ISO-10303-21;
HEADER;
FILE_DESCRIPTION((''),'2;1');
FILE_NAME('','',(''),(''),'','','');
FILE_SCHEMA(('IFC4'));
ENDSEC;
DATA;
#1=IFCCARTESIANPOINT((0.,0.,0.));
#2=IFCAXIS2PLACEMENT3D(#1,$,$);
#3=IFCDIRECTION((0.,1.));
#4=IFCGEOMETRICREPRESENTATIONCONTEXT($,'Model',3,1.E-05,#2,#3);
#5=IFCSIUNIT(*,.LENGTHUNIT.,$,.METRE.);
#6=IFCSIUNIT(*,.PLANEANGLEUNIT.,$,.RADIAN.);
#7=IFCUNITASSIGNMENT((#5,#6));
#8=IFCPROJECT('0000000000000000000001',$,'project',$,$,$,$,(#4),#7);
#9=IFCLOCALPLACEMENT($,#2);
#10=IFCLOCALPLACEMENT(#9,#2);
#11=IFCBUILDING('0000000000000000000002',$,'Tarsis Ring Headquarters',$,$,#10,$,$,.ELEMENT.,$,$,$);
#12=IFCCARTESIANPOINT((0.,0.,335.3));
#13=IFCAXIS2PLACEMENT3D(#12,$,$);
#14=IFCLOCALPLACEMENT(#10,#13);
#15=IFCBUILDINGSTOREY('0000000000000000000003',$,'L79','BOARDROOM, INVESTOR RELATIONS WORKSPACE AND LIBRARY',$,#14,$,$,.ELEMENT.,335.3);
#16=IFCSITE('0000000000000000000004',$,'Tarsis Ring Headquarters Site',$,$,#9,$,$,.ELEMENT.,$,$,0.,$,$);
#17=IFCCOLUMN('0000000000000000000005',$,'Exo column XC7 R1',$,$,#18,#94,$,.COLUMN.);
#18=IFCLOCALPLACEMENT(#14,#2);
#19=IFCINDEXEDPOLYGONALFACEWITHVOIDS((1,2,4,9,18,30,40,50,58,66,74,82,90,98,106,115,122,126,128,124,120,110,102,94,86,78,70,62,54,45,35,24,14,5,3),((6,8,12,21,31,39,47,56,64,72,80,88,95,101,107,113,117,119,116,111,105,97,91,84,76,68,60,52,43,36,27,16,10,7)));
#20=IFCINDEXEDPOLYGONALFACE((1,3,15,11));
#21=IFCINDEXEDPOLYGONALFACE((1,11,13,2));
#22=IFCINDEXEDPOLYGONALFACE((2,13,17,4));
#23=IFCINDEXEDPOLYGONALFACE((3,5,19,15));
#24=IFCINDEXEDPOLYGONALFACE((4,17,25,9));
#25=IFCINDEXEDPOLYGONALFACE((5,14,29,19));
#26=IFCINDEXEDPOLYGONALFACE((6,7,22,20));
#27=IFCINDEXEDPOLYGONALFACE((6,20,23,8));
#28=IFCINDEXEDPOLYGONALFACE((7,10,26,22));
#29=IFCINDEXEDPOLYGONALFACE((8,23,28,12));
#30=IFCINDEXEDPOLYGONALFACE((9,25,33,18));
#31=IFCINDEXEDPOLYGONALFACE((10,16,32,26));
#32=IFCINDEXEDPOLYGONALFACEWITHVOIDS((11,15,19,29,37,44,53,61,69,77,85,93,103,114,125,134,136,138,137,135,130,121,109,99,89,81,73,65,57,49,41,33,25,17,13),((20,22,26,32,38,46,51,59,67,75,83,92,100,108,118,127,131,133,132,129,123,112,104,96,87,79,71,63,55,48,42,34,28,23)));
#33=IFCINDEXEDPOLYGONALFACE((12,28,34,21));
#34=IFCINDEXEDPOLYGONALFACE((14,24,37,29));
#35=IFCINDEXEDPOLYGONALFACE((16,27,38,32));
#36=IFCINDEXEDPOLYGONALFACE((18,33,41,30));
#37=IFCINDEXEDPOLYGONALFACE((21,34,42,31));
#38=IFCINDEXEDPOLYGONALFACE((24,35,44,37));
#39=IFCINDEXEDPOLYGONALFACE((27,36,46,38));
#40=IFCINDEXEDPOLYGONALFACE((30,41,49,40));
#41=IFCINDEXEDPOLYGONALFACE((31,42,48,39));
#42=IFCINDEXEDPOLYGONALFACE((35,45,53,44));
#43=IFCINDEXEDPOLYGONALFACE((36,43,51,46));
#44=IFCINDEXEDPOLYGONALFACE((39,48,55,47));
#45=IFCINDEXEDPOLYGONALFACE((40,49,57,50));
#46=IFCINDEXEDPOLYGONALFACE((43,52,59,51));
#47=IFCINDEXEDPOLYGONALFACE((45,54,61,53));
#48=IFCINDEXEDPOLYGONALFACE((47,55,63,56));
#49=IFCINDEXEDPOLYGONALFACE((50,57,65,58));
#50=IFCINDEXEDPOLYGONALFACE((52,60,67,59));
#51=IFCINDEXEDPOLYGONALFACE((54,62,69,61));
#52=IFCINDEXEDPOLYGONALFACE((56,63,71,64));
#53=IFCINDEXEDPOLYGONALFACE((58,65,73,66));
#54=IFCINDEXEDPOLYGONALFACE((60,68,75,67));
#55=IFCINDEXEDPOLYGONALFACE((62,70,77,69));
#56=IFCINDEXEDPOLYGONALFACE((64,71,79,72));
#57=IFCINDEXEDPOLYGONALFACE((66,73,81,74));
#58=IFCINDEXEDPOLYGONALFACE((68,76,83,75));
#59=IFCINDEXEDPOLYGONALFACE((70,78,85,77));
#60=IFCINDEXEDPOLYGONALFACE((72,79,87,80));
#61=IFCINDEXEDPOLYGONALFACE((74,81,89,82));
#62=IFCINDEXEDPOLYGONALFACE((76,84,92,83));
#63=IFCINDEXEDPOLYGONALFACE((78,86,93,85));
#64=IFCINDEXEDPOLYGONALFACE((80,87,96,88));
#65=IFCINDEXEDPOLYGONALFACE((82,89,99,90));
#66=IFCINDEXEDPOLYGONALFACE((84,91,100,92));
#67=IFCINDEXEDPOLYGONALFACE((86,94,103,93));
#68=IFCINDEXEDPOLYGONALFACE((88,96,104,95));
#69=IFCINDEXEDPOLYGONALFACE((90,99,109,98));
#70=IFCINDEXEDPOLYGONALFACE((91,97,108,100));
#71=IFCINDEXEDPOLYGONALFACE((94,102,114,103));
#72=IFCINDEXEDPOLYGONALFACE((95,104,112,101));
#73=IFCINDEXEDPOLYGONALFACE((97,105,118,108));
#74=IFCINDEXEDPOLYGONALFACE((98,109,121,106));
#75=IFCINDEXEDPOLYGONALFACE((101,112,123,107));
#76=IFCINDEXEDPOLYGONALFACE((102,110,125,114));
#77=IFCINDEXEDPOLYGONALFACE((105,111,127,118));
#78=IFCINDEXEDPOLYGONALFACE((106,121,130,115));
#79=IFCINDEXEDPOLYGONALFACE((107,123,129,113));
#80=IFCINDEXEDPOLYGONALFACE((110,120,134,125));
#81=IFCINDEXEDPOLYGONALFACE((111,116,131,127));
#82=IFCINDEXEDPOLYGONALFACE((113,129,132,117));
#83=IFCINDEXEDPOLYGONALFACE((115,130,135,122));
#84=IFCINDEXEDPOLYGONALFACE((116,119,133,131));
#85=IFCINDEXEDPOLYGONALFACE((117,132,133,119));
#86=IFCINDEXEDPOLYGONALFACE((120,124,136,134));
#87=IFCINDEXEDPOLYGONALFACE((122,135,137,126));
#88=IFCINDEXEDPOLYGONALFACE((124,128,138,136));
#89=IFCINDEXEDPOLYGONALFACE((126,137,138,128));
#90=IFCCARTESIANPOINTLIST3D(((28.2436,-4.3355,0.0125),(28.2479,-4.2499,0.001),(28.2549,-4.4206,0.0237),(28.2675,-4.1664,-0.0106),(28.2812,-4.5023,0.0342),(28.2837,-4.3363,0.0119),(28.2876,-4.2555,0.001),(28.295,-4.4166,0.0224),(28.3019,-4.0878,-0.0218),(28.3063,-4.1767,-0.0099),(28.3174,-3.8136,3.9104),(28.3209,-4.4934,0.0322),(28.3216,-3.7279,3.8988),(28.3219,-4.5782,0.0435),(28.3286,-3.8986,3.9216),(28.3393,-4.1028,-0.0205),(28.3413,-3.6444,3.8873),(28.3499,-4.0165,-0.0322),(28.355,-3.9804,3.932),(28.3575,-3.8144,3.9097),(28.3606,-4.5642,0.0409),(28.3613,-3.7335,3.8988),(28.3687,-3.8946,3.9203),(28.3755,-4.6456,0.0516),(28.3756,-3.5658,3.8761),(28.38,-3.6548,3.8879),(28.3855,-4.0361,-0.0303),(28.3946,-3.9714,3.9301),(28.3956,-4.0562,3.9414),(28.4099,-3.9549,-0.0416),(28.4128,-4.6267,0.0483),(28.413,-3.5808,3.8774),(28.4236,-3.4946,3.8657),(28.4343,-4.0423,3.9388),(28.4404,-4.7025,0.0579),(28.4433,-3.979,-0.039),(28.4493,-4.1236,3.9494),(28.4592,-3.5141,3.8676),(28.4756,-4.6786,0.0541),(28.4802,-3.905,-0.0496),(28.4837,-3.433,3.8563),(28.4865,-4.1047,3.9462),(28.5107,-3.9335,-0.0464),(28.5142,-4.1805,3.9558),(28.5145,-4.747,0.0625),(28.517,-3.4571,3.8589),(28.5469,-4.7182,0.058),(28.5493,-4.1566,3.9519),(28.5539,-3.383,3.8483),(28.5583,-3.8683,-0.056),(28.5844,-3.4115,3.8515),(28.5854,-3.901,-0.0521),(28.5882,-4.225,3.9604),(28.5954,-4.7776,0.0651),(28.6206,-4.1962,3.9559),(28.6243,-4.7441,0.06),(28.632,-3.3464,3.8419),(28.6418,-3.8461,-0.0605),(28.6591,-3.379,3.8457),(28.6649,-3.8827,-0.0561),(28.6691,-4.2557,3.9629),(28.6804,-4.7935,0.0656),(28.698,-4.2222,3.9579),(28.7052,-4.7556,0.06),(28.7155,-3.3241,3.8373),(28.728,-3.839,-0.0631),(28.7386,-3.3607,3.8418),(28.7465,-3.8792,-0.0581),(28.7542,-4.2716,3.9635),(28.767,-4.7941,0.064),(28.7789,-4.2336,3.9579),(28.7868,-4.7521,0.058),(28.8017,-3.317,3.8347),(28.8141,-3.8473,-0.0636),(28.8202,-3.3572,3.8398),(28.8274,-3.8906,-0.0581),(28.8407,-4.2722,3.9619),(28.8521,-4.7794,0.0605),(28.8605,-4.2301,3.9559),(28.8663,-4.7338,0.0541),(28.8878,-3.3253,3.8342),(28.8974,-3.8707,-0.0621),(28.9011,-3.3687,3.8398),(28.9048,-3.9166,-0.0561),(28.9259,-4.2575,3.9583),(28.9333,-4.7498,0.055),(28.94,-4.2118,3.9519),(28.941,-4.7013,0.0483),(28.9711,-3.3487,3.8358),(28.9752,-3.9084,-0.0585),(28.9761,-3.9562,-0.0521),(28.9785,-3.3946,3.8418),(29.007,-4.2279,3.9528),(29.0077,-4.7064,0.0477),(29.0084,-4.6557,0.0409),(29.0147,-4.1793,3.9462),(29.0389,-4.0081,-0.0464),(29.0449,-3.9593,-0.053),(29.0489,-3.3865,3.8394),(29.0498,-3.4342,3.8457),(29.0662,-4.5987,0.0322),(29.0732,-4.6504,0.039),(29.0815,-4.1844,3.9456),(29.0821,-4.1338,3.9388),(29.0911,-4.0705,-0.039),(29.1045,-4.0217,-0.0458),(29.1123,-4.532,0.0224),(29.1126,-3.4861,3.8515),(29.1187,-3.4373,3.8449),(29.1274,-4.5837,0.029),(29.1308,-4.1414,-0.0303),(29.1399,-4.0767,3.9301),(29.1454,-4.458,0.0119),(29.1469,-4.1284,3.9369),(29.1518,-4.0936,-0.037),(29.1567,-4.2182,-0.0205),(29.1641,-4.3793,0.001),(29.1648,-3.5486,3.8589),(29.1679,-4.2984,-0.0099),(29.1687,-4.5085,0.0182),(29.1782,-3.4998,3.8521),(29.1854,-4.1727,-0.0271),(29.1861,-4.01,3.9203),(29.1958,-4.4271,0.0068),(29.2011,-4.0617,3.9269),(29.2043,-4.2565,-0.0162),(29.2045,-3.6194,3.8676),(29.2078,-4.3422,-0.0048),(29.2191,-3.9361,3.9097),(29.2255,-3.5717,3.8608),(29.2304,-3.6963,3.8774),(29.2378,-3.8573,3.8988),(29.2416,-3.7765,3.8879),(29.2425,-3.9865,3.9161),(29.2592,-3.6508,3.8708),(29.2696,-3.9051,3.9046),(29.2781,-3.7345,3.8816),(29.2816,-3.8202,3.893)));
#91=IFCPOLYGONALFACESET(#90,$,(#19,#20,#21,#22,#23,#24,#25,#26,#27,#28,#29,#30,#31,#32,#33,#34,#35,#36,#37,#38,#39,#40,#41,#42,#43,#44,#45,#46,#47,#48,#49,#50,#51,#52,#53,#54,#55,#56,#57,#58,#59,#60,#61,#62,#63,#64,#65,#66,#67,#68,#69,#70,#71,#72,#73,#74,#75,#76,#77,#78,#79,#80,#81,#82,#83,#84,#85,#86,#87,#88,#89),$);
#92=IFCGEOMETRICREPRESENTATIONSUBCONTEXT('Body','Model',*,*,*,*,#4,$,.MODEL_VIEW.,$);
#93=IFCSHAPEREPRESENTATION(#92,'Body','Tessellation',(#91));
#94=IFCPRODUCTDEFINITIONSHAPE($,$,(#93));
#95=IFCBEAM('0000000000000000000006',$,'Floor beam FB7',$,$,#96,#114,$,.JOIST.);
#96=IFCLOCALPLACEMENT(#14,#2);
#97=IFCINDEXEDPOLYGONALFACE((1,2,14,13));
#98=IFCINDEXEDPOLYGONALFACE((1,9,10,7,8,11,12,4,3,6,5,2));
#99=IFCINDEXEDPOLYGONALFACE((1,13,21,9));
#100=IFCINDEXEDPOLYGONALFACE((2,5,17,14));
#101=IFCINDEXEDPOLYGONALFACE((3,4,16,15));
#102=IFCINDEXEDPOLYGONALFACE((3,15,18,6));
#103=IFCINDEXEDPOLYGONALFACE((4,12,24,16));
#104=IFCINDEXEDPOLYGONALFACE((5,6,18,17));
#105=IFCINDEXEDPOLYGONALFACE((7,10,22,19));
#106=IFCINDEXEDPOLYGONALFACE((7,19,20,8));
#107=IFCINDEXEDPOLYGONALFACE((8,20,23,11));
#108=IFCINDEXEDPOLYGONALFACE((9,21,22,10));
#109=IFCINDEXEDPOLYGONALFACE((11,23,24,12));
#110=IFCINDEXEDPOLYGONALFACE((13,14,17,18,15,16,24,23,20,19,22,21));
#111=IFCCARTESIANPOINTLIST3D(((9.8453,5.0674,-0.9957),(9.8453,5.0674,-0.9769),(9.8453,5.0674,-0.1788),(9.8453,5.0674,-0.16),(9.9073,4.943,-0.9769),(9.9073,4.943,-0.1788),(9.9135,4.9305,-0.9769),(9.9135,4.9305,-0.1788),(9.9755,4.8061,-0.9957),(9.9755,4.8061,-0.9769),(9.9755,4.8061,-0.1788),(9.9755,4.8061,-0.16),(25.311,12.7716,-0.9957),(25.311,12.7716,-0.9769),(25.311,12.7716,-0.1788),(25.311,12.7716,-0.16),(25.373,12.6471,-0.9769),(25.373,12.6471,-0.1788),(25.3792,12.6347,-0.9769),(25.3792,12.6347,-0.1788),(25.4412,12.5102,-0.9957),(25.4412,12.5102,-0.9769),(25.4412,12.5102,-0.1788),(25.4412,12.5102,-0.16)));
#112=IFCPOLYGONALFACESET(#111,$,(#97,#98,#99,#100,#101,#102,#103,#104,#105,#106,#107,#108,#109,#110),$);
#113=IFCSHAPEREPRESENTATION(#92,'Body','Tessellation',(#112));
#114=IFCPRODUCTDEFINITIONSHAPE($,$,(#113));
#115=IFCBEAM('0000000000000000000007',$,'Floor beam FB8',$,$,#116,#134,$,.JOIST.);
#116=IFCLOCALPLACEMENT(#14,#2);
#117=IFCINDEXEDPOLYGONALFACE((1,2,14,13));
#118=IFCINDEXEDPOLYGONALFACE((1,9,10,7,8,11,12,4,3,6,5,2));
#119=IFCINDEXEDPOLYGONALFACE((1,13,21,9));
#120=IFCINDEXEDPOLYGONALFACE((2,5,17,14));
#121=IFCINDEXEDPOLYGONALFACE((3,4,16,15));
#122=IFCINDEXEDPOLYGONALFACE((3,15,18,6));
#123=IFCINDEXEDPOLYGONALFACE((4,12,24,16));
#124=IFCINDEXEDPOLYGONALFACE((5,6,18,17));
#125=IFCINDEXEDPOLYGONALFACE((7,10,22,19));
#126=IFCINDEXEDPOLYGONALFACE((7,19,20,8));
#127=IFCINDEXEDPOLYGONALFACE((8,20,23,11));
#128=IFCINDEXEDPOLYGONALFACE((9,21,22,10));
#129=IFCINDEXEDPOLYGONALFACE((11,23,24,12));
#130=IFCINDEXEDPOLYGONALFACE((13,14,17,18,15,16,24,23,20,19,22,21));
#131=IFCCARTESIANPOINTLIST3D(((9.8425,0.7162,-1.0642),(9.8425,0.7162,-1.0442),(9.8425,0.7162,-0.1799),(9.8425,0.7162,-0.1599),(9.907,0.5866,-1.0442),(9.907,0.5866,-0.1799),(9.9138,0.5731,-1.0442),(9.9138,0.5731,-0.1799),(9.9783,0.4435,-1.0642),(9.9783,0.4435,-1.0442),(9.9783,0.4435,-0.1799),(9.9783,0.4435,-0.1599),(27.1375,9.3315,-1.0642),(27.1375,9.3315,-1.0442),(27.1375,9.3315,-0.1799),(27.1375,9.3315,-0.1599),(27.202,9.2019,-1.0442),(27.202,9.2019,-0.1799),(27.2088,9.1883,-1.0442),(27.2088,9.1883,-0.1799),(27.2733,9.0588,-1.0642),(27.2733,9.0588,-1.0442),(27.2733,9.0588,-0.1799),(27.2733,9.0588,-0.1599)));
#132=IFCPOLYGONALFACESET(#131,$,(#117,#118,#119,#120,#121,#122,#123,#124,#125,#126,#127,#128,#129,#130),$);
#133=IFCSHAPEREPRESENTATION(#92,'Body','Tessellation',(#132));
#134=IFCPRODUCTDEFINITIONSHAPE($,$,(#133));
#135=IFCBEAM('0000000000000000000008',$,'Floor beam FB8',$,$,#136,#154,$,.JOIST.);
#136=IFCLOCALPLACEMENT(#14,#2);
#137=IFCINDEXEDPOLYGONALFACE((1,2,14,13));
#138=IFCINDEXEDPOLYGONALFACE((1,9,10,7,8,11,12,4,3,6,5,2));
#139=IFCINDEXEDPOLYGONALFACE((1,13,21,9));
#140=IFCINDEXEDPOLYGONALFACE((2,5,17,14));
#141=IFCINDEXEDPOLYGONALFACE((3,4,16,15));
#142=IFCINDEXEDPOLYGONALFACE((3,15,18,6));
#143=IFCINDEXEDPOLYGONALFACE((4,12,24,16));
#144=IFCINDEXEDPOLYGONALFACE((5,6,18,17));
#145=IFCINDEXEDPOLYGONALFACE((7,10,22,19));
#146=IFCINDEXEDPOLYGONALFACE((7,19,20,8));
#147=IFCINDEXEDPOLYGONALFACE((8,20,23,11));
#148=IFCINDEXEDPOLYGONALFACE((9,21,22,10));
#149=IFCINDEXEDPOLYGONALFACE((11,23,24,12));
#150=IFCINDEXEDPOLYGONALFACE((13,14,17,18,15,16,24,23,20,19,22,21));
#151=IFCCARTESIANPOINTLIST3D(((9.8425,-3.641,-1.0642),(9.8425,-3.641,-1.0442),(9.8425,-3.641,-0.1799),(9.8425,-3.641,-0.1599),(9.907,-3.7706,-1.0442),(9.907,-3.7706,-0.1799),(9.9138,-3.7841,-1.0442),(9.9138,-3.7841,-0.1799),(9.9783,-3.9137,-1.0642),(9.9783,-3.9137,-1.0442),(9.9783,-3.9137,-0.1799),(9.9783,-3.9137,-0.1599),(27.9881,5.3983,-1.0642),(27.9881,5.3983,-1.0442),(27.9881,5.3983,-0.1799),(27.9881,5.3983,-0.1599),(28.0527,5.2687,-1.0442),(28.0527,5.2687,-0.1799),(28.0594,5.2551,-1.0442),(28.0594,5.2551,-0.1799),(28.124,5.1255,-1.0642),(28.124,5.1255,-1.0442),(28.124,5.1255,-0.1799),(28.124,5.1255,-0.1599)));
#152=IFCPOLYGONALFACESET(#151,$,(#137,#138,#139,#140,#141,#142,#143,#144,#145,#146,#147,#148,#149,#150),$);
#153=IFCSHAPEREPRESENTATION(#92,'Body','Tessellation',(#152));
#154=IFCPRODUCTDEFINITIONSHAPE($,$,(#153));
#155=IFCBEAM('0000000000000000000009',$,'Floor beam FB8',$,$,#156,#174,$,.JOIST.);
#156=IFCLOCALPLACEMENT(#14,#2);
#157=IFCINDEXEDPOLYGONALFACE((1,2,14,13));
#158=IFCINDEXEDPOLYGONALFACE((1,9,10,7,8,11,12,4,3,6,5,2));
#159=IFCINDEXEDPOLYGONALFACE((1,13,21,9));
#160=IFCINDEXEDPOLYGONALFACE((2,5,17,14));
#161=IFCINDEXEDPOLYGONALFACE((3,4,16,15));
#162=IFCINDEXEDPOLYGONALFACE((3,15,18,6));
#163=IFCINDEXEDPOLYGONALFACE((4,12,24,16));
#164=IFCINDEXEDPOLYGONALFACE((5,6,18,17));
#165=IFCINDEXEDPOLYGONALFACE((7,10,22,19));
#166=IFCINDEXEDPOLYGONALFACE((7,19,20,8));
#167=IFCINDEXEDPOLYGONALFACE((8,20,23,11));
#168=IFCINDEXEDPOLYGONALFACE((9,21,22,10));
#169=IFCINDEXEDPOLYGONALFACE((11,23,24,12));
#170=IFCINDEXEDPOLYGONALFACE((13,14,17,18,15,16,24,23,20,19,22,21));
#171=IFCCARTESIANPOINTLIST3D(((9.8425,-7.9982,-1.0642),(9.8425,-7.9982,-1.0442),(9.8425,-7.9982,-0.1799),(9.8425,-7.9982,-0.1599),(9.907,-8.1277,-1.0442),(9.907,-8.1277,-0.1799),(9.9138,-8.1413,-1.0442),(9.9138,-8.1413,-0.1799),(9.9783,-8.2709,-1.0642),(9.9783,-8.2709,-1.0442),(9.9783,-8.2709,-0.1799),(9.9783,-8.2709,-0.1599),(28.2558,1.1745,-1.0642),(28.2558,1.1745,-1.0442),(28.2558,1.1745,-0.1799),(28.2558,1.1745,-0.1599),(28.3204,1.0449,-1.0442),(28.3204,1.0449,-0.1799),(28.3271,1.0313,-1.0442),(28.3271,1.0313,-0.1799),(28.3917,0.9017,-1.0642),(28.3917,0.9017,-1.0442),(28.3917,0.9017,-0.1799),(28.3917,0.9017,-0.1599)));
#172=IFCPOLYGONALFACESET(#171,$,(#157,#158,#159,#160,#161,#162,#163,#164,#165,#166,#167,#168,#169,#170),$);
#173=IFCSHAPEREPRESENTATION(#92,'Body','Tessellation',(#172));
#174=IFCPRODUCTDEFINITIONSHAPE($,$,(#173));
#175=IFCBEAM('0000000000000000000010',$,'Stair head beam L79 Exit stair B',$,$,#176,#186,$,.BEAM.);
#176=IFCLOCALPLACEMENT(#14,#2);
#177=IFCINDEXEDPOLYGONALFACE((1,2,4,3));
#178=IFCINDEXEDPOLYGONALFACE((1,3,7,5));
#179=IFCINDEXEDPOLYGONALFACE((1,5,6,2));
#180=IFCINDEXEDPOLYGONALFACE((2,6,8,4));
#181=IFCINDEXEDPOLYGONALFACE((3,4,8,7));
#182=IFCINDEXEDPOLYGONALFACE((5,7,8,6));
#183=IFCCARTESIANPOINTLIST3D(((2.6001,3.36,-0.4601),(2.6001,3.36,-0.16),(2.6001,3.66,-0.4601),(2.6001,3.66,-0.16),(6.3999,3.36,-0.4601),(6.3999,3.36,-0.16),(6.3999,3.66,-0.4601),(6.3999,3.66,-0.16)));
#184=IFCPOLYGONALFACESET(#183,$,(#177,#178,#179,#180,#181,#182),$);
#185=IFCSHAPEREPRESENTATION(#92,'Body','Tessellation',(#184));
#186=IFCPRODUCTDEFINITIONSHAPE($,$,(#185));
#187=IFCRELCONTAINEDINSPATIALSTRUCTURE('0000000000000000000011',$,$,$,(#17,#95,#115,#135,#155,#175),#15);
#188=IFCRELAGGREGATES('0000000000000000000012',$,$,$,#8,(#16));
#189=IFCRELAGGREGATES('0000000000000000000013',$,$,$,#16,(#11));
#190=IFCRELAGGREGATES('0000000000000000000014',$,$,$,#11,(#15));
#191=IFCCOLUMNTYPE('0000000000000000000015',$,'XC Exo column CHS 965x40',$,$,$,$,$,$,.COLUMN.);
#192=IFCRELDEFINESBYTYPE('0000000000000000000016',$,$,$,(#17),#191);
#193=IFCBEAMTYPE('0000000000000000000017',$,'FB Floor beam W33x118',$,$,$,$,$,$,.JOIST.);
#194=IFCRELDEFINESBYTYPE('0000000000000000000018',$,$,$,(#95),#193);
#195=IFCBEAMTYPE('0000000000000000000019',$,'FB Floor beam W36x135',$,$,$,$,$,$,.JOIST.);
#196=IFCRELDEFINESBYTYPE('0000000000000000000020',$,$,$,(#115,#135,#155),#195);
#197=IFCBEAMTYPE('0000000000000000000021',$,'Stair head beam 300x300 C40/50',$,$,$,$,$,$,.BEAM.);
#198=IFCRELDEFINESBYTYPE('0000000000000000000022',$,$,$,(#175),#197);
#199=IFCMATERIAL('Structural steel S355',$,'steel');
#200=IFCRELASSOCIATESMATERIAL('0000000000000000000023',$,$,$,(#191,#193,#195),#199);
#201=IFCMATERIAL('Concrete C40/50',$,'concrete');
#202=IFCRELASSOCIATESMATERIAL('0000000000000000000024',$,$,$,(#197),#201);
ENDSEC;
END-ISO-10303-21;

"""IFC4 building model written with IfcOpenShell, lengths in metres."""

from ifc_helpers import new_model, si_unit, direction, frame, origin, origin_2d, place, context, subcontext, project, spatial, rectangle, hollow_circle, i_section, extrude, material, material_profile, profile_set, type_object, element, save


model = new_model("IFC4")

# Units and contexts
model_context = context("Model", 3, precision=1e-05, world=origin(), true_north=direction((0.0, 1.0)))
body_context = subcontext(model_context, "Body", "Model", "MODEL_VIEW")
ifc_project = project(units=[si_unit("LENGTHUNIT", "METRE"), si_unit("PLANEANGLEUNIT", "RADIAN")], contexts=[model_context])

# Site, building, storey
site_placement = place(None, origin())
site = spatial("IfcSite", under=ifc_project, at=site_placement, Name="Tarsis Ring Headquarters Site", CompositionType="ELEMENT", RefElevation=0.0)
building_placement = place(site_placement, origin())
building = spatial("IfcBuilding", under=site, at=building_placement, Name="Tarsis Ring Headquarters", CompositionType="ELEMENT")
storey_placement = place(building_placement, frame((0.0, 0.0, 335.3)))
storey = spatial("IfcBuildingStorey", under=building, at=storey_placement, Name="L79", Description="BOARDROOM, INVESTOR RELATIONS WORKSPACE AND LIBRARY", CompositionType="ELEMENT", Elevation=335.3)

# Column
ifc_material_1 = material(Name="Structural steel S355", Category="steel")
ifc_material_profile_1 = material_profile(ifc_material_1, hollow_circle(Radius=0.4827, WallThickness=0.04, at=origin_2d()), Name="CHS 965x40")
ifc_profile_set_1 = profile_set([ifc_material_profile_1], Name="Structural steel S355")
column_type = type_object("IfcColumnType", Name="XC Exo column CHS 965x40", PredefinedType="COLUMN", material=ifc_profile_set_1)
column_placement = place(storey_placement, frame((28.7258, -4.3174, 0.001), z_axis=(0.018745, 0.132702, 0.990979), x_axis=(-0.990171, 0.139865, 0.0)))
element("IfcColumn", 1, at=column_placement, inside=storey, type_object=column_type, Name="Exo column XC7 R1", PredefinedType="COLUMN", context=body_context, shape_type="SweptSolid", body=[
    extrude(hollow_circle(Radius=0.4827, WallThickness=0.04, at=origin_2d()), origin(), (0.0, 0.0, 1.0), 3.9333),
])

# Beams
ifc_material_profile_2 = material_profile(ifc_material_1, i_section(OverallWidth=0.292, OverallDepth=0.8357, WebThickness=0.0139, FlangeThickness=0.0188, at=origin_2d()), Name="W33x118")
ifc_profile_set_2 = profile_set([ifc_material_profile_2], Name="Structural steel S355")
beam_type_1 = type_object("IfcBeamType", Name="FB Floor beam W33x118", PredefinedType="JOIST", material=ifc_profile_set_2)
beam_1_placement = place(storey_placement, frame((9.9104, 4.9368, -0.5779), z_axis=(0.89509, 0.445885, 0.0), x_axis=(-0.445885, 0.89509, 0.0)))
element("IfcBeam", 2, at=beam_1_placement, inside=storey, type_object=beam_type_1, Name="Floor beam FB7", PredefinedType="JOIST", context=body_context, shape_type="SweptSolid", body=[
    extrude(i_section(OverallWidth=0.292, OverallDepth=0.8357, WebThickness=0.0139, FlangeThickness=0.0188, at=origin_2d()), origin(), (0.0, 0.0, 1.0), 17.2783),
])
ifc_material_profile_3 = material_profile(ifc_material_1, i_section(OverallWidth=0.3047, OverallDepth=0.9043, WebThickness=0.0151, FlangeThickness=0.02, at=origin_2d()), Name="W36x135")
ifc_profile_set_3 = profile_set([ifc_material_profile_3], Name="Structural steel S355")
beam_type_2 = type_object("IfcBeamType", Name="FB Floor beam W36x135", PredefinedType="JOIST", material=ifc_profile_set_3)
beam_2_placement = place(storey_placement, frame((9.9104, 0.5798, -0.6121), z_axis=(0.895093, 0.445879, 0.0), x_axis=(-0.445879, 0.895093, 0.0)))
element("IfcBeam", 3, at=beam_2_placement, inside=storey, type_object=beam_type_2, Name="Floor beam FB8", PredefinedType="JOIST", context=body_context, shape_type="SweptSolid", body=[
    extrude(i_section(OverallWidth=0.3047, OverallDepth=0.9043, WebThickness=0.0151, FlangeThickness=0.02, at=origin_2d()), origin(), (0.0, 0.0, 1.0), 19.322),
])
beam_3_placement = place(storey_placement, frame((9.9104, -3.7773, -0.6121), z_axis=(0.895089, 0.445888, 0.0), x_axis=(-0.445888, 0.895089, 0.0)))
element("IfcBeam", 4, at=beam_3_placement, inside=storey, type_object=beam_type_2, Name="Floor beam FB8", PredefinedType="JOIST", context=body_context, shape_type="SweptSolid", body=[
    extrude(i_section(OverallWidth=0.3047, OverallDepth=0.9043, WebThickness=0.0151, FlangeThickness=0.02, at=origin_2d()), origin(), (0.0, 0.0, 1.0), 20.2725),
])
beam_4_placement = place(storey_placement, frame((9.9104, -8.1345, -0.6121), z_axis=(0.895088, 0.445889, 0.0), x_axis=(-0.445889, 0.895088, 0.0)))
element("IfcBeam", 5, at=beam_4_placement, inside=storey, type_object=beam_type_2, Name="Floor beam FB8", PredefinedType="JOIST", context=body_context, shape_type="SweptSolid", body=[
    extrude(i_section(OverallWidth=0.3047, OverallDepth=0.9043, WebThickness=0.0151, FlangeThickness=0.02, at=origin_2d()), origin(), (0.0, 0.0, 1.0), 20.5715),
])
ifc_material_2 = material(Name="Concrete C40/50", Category="concrete")
ifc_material_profile_4 = material_profile(ifc_material_2, rectangle(XDim=0.3, YDim=0.3, at=origin_2d()), Name="Stair head beam 300x300 C40/50")
ifc_profile_set_4 = profile_set([ifc_material_profile_4], Name="Concrete C40/50")
beam_type_3 = type_object("IfcBeamType", Name="Stair head beam 300x300 C40/50", PredefinedType="BEAM", material=ifc_profile_set_4)
for number, where, z_axis, x_axis, name in (
    (6, (2.6001, 3.51, -0.3101), (1.0, 0.0, 0.0), (0.0, 1.0, 0.0), "Stair head beam L79 Exit stair B"),
):
    element("IfcBeam", number, at=place(storey_placement, frame(where, z_axis=z_axis, x_axis=x_axis)), inside=storey, type_object=beam_type_3, Name=name, PredefinedType="BEAM", context=body_context, shape_type="SweptSolid", body=[
        extrude(rectangle(XDim=0.3, YDim=0.3, at=origin_2d()), origin(), (0.0, 0.0, 1.0), 3.7998),
    ])

save(model, "model.ifc")
